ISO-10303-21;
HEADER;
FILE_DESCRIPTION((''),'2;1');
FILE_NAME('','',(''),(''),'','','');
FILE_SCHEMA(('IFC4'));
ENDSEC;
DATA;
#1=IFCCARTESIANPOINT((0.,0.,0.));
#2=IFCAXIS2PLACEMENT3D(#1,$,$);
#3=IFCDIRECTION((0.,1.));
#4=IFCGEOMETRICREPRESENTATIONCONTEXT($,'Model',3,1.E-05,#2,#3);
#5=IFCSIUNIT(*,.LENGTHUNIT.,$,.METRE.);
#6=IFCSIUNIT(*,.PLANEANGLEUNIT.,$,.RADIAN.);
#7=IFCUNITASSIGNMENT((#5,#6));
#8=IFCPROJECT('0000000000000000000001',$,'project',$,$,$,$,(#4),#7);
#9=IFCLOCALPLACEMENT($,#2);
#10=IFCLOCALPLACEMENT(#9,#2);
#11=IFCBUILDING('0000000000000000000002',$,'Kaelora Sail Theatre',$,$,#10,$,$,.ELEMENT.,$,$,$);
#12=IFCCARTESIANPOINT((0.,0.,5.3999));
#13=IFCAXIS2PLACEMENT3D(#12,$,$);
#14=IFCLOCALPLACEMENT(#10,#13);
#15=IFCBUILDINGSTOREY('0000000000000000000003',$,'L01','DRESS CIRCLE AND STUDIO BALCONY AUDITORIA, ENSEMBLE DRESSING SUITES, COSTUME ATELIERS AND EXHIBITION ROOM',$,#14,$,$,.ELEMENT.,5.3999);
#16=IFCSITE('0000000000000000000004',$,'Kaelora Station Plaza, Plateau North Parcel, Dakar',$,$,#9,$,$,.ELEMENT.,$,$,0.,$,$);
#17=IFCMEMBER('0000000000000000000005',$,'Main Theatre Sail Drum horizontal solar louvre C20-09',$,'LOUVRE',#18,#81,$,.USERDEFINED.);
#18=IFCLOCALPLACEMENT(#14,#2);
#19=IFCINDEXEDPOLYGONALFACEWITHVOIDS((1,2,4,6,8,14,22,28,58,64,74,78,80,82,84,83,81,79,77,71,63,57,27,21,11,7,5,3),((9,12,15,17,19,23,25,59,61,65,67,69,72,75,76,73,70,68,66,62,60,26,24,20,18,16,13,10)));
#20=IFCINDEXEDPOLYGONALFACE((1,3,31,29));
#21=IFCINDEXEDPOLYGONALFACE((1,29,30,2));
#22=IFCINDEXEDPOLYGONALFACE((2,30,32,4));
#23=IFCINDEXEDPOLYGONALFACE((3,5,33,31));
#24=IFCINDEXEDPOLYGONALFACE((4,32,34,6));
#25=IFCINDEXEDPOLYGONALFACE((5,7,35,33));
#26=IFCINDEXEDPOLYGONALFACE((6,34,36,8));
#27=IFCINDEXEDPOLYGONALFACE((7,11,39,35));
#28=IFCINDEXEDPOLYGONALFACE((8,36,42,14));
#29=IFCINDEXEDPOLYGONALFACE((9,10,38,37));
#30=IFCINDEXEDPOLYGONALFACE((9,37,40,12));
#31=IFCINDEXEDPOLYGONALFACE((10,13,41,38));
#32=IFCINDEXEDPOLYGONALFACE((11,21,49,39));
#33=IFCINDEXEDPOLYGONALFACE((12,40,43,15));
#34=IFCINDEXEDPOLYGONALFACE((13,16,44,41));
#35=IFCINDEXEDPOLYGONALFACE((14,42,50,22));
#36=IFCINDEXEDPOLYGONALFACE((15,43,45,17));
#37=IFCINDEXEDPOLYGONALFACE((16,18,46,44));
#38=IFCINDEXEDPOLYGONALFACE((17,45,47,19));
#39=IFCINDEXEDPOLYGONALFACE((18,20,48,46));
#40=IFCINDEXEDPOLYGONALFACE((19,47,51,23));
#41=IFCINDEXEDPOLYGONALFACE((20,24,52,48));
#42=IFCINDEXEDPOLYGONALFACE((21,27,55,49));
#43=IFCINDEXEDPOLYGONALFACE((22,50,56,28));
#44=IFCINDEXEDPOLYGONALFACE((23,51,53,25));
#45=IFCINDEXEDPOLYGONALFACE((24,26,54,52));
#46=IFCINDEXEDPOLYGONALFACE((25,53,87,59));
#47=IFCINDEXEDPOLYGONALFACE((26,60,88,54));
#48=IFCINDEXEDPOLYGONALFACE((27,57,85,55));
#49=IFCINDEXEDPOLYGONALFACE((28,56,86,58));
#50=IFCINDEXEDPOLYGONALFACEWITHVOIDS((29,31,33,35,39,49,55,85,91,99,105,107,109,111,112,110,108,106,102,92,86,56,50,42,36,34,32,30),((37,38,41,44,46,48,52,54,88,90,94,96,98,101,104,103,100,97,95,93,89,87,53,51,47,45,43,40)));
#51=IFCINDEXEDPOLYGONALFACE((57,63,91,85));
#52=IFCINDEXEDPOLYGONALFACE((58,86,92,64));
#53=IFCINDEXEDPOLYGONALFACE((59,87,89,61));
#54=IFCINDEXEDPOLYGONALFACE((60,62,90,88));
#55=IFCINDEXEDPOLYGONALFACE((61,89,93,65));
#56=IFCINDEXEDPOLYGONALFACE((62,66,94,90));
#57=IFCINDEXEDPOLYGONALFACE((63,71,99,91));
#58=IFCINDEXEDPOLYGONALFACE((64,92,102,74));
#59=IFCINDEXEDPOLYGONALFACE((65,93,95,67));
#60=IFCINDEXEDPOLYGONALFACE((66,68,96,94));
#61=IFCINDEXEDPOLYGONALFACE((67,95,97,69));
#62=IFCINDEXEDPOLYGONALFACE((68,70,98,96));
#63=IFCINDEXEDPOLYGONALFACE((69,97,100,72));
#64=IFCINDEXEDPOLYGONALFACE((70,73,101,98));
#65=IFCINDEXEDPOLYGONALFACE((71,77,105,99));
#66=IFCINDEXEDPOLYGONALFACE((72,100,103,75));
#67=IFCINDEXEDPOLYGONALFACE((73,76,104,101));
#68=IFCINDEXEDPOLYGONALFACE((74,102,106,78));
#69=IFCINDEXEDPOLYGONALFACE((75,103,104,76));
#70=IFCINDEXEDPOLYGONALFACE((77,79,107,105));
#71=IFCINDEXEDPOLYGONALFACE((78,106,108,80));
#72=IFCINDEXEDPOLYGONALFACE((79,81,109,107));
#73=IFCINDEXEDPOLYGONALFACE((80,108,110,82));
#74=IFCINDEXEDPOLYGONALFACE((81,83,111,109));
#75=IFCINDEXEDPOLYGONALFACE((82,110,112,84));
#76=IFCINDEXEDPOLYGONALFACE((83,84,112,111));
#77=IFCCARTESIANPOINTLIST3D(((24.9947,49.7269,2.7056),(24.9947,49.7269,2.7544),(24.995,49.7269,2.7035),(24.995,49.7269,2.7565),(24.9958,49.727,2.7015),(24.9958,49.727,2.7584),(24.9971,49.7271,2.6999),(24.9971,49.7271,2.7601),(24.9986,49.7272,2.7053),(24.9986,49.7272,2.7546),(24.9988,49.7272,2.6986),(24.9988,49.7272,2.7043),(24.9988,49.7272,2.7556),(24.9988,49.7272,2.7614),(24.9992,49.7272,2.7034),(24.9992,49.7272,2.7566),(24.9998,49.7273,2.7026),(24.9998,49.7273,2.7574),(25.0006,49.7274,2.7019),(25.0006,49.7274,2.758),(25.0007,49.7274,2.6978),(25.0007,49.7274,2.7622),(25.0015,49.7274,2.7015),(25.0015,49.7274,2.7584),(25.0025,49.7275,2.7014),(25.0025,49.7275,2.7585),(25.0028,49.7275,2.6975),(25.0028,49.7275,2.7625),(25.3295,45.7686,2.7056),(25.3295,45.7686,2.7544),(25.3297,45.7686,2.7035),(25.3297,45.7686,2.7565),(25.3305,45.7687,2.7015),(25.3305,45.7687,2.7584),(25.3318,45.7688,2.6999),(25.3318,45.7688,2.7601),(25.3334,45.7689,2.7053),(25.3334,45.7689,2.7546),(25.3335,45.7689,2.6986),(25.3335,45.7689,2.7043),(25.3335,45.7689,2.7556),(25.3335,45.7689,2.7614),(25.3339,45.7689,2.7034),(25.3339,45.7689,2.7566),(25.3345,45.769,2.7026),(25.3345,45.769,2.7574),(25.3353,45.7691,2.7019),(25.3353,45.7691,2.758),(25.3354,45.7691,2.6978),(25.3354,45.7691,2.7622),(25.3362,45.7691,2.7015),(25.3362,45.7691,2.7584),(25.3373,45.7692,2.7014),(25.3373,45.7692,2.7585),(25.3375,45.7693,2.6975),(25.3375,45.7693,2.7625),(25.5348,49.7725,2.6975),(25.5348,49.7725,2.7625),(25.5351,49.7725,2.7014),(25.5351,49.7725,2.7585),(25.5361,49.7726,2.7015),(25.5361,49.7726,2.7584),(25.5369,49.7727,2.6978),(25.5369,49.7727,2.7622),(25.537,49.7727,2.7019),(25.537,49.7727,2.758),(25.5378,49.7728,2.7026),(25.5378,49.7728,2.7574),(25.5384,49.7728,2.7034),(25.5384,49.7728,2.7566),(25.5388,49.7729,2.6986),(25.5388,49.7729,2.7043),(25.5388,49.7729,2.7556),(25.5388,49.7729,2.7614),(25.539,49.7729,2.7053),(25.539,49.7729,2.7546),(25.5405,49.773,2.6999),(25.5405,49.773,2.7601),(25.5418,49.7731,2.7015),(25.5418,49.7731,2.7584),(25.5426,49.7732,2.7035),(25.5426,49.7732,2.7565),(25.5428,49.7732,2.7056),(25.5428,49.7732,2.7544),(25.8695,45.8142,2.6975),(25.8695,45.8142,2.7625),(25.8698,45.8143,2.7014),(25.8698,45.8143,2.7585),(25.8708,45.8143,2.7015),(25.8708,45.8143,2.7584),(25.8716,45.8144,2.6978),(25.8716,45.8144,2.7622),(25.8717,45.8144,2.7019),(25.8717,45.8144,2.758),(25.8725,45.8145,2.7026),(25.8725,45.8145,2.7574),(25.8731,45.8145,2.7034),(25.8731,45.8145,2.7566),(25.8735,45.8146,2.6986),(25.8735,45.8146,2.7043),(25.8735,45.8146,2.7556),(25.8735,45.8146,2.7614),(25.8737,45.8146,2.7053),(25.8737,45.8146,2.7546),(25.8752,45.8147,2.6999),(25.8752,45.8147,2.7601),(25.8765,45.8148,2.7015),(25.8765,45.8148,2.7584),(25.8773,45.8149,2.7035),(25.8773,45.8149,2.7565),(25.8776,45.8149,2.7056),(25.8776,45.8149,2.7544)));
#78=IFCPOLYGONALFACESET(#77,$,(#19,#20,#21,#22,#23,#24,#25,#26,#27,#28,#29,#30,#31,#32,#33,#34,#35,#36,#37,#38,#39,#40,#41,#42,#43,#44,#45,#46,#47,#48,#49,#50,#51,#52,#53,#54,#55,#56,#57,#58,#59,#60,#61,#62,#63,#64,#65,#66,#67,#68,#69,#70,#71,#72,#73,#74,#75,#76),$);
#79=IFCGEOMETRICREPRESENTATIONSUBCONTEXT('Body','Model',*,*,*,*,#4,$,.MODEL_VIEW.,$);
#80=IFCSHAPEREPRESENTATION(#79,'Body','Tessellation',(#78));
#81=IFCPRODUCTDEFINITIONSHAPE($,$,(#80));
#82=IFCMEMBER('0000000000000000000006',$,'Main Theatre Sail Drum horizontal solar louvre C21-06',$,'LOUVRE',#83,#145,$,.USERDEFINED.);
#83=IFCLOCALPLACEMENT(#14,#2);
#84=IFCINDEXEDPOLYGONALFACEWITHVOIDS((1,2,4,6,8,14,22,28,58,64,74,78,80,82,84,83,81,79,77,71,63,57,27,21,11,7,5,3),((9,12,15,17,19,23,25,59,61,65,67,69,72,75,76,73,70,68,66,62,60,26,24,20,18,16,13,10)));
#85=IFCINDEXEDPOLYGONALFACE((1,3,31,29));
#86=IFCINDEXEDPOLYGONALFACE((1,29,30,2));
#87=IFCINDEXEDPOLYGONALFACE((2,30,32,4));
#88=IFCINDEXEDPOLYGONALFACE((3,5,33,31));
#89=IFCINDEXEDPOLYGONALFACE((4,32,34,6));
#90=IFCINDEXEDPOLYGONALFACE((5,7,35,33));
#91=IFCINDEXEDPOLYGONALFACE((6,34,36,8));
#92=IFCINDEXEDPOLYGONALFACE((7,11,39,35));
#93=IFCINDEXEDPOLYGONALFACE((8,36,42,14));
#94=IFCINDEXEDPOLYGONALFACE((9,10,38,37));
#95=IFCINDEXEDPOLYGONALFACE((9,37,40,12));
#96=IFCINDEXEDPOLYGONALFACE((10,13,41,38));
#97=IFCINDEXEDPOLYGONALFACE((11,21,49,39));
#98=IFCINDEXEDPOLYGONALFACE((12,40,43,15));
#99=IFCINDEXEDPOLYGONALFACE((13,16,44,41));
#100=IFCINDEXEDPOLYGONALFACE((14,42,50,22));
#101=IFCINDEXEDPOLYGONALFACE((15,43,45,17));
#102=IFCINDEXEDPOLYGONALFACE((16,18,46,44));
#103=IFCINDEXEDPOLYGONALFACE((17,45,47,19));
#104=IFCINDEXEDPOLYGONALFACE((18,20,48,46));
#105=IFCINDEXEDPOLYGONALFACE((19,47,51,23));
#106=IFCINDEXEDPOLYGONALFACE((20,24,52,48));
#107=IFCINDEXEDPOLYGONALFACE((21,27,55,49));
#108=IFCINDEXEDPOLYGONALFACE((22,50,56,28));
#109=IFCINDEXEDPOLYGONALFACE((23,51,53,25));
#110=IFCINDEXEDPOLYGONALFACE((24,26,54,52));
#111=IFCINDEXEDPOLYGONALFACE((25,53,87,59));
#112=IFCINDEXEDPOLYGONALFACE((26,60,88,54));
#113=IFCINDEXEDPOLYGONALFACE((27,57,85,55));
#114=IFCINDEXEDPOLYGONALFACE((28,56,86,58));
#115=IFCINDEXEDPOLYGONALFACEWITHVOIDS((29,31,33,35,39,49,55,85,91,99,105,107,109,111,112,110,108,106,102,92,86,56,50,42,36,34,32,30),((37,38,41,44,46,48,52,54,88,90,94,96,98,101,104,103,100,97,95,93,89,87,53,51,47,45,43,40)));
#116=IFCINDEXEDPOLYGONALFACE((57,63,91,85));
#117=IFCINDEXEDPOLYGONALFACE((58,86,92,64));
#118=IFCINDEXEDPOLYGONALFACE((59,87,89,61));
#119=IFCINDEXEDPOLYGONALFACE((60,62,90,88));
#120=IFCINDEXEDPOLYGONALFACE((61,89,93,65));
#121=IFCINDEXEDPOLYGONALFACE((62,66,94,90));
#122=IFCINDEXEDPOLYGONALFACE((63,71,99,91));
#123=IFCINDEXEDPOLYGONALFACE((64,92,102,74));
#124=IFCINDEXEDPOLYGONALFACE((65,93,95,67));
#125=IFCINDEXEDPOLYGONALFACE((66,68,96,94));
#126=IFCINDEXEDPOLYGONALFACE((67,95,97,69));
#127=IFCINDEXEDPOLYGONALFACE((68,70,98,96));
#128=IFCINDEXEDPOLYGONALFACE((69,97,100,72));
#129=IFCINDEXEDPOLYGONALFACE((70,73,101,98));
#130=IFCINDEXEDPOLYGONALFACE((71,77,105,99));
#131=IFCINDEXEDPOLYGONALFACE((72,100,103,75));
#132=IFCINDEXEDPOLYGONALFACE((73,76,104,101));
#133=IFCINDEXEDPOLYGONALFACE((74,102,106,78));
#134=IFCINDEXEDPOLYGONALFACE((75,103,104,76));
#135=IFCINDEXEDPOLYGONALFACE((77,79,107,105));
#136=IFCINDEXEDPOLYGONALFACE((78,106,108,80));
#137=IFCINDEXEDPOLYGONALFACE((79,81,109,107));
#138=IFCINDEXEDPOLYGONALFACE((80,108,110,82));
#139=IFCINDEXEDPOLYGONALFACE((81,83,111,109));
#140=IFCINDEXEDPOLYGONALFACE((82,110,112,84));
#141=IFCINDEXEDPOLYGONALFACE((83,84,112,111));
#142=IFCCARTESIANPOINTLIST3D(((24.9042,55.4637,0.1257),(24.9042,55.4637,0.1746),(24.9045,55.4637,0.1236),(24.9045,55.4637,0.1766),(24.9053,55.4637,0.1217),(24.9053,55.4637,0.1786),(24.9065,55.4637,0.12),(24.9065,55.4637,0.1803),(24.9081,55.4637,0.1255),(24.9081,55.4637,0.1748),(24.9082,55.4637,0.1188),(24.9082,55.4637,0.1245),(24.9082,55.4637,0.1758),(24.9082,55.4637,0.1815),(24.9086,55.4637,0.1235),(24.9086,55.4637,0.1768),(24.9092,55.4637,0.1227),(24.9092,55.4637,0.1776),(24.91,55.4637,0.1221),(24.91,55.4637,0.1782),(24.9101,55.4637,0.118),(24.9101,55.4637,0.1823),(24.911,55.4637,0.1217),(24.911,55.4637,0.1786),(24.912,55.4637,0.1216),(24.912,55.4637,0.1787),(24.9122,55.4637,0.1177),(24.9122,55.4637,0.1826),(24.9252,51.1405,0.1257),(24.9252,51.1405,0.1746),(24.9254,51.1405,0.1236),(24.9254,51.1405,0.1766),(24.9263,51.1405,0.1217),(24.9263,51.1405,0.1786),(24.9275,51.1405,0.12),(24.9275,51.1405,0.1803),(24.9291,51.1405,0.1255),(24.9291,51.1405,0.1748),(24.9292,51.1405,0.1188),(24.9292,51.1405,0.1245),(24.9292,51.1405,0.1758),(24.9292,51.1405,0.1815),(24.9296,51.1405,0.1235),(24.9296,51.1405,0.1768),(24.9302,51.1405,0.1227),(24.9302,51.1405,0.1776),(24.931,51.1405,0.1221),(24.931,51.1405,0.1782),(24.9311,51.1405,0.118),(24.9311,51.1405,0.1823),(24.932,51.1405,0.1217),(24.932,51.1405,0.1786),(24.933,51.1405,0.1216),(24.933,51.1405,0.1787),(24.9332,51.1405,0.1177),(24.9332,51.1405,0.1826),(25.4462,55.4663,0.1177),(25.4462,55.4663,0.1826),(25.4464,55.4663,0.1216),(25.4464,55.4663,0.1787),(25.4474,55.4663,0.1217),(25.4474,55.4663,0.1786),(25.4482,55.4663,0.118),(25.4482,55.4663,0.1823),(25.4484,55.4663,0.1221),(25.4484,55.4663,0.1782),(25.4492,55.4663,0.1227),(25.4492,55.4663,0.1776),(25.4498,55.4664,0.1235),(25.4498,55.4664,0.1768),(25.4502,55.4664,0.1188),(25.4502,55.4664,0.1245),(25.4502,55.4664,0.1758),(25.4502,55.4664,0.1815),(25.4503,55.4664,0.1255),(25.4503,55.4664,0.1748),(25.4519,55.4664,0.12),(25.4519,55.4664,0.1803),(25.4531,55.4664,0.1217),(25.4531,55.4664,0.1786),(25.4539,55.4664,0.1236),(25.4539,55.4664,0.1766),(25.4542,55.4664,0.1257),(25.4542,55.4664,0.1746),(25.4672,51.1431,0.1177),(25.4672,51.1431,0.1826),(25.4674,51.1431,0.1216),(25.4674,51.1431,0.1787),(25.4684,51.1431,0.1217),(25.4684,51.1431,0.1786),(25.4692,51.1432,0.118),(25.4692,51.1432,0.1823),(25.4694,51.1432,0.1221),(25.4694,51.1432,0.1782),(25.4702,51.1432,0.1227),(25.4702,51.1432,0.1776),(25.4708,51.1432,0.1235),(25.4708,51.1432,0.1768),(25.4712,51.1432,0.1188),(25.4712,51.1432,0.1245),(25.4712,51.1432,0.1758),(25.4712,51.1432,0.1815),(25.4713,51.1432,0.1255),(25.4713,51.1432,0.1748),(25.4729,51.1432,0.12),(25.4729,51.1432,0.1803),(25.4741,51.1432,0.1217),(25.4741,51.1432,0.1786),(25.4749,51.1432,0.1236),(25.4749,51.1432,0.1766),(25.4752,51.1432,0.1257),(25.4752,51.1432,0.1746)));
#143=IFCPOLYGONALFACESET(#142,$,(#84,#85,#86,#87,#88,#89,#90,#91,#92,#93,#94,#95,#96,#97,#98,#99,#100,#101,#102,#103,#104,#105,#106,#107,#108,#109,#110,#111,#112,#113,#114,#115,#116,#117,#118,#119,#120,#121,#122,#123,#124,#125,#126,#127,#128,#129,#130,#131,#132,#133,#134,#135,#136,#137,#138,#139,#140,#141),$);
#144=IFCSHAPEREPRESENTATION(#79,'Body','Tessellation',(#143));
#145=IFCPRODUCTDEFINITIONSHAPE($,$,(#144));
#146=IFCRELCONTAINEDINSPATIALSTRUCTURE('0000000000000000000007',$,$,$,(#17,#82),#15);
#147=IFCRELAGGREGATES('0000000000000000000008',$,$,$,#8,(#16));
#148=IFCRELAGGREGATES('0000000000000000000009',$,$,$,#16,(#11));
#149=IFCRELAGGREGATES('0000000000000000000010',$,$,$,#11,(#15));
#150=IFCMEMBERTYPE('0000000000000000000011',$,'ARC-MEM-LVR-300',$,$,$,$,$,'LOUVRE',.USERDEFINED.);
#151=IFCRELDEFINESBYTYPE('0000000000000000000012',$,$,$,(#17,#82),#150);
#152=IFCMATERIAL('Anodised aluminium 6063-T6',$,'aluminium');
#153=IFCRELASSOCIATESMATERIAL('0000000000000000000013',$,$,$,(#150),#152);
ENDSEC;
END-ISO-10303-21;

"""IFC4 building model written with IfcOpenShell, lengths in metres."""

from ifc_helpers import new_model, si_unit, direction, frame, origin, origin_2d, place, context, subcontext, project, spatial, hollow_rectangle, extrude, material, material_profile, profile_set, type_object, element, save


model = new_model("IFC4")

# Units and contexts
model_context = context("Model", 3, precision=1e-05, world=origin(), true_north=direction((0.0, 1.0)))
body_context = subcontext(model_context, "Body", "Model", "MODEL_VIEW")
ifc_project = project(units=[si_unit("LENGTHUNIT", "METRE"), si_unit("PLANEANGLEUNIT", "RADIAN")], contexts=[model_context])

# Site, building, storey
site_placement = place(None, origin())
site = spatial("IfcSite", under=ifc_project, at=site_placement, Name="Kaelora Station Plaza, Plateau North Parcel, Dakar", CompositionType="ELEMENT", RefElevation=0.0)
building_placement = place(site_placement, origin())
building = spatial("IfcBuilding", under=site, at=building_placement, Name="Kaelora Sail Theatre", CompositionType="ELEMENT")
storey_placement = place(building_placement, frame((0.0, 0.0, 5.3999)))
storey = spatial("IfcBuildingStorey", under=building, at=storey_placement, Name="L01", Description="DRESS CIRCLE AND STUDIO BALCONY AUDITORIA, ENSEMBLE DRESSING SUITES, COSTUME ATELIERS AND EXHIBITION ROOM", CompositionType="ELEMENT", Elevation=5.3999)

# Members
ifc_material_1 = material(Name="Anodised aluminium 6063-T6", Category="aluminium")
ifc_material_profile_1 = material_profile(ifc_material_1, hollow_rectangle(XDim=0.55, YDim=0.0649, WallThickness=0.0039, InnerFilletRadius=0.0039, OuterFilletRadius=0.0081, at=origin_2d()), Name="LOUVRE 550x65x4")
ifc_profile_set_1 = profile_set([ifc_material_profile_1], Name="Anodised aluminium 6063-T6")
member_type = type_object("IfcMemberType", Name="ARC-MEM-LVR-300", ElementType="LOUVRE", PredefinedType="USERDEFINED", material=ifc_profile_set_1)
for number, where, z_axis, x_axis, name in (
    (1, (25.6035, 45.7917, 2.73), (-0.084261, 0.996444, 0.0), (-0.996444, -0.084261, 0.0), "Main Theatre Sail Drum horizontal solar louvre C20-09"),
):
    element("IfcMember", number, at=place(storey_placement, frame(where, z_axis=z_axis, x_axis=x_axis)), inside=storey, type_object=member_type, Name=name, ObjectType="LOUVRE", PredefinedType="USERDEFINED", context=body_context, shape_type="SweptSolid", body=[
        extrude(hollow_rectangle(XDim=0.55, YDim=0.0649, WallThickness=0.0039, InnerFilletRadius=0.0039, OuterFilletRadius=0.0081, at=origin_2d()), origin(), (0.0, 0.0, 1.0), 3.9724),
    ])
for number, where, z_axis, x_axis, name in (
    (2, (25.2002, 51.1418, 0.1501), (-0.004857, 0.999988, 0.0), (-0.999988, -0.004857, 0.0), "Main Theatre Sail Drum horizontal solar louvre C21-06"),
):
    element("IfcMember", number, at=place(storey_placement, frame(where, z_axis=z_axis, x_axis=x_axis)), inside=storey, type_object=member_type, Name=name, ObjectType="LOUVRE", PredefinedType="USERDEFINED", context=body_context, shape_type="SweptSolid", body=[
        extrude(hollow_rectangle(XDim=0.55, YDim=0.0649, WallThickness=0.0039, InnerFilletRadius=0.0039, OuterFilletRadius=0.0081, at=origin_2d()), origin(), (0.0, 0.0, 1.0), 4.3232),
    ])

save(model, "model.ifc")
